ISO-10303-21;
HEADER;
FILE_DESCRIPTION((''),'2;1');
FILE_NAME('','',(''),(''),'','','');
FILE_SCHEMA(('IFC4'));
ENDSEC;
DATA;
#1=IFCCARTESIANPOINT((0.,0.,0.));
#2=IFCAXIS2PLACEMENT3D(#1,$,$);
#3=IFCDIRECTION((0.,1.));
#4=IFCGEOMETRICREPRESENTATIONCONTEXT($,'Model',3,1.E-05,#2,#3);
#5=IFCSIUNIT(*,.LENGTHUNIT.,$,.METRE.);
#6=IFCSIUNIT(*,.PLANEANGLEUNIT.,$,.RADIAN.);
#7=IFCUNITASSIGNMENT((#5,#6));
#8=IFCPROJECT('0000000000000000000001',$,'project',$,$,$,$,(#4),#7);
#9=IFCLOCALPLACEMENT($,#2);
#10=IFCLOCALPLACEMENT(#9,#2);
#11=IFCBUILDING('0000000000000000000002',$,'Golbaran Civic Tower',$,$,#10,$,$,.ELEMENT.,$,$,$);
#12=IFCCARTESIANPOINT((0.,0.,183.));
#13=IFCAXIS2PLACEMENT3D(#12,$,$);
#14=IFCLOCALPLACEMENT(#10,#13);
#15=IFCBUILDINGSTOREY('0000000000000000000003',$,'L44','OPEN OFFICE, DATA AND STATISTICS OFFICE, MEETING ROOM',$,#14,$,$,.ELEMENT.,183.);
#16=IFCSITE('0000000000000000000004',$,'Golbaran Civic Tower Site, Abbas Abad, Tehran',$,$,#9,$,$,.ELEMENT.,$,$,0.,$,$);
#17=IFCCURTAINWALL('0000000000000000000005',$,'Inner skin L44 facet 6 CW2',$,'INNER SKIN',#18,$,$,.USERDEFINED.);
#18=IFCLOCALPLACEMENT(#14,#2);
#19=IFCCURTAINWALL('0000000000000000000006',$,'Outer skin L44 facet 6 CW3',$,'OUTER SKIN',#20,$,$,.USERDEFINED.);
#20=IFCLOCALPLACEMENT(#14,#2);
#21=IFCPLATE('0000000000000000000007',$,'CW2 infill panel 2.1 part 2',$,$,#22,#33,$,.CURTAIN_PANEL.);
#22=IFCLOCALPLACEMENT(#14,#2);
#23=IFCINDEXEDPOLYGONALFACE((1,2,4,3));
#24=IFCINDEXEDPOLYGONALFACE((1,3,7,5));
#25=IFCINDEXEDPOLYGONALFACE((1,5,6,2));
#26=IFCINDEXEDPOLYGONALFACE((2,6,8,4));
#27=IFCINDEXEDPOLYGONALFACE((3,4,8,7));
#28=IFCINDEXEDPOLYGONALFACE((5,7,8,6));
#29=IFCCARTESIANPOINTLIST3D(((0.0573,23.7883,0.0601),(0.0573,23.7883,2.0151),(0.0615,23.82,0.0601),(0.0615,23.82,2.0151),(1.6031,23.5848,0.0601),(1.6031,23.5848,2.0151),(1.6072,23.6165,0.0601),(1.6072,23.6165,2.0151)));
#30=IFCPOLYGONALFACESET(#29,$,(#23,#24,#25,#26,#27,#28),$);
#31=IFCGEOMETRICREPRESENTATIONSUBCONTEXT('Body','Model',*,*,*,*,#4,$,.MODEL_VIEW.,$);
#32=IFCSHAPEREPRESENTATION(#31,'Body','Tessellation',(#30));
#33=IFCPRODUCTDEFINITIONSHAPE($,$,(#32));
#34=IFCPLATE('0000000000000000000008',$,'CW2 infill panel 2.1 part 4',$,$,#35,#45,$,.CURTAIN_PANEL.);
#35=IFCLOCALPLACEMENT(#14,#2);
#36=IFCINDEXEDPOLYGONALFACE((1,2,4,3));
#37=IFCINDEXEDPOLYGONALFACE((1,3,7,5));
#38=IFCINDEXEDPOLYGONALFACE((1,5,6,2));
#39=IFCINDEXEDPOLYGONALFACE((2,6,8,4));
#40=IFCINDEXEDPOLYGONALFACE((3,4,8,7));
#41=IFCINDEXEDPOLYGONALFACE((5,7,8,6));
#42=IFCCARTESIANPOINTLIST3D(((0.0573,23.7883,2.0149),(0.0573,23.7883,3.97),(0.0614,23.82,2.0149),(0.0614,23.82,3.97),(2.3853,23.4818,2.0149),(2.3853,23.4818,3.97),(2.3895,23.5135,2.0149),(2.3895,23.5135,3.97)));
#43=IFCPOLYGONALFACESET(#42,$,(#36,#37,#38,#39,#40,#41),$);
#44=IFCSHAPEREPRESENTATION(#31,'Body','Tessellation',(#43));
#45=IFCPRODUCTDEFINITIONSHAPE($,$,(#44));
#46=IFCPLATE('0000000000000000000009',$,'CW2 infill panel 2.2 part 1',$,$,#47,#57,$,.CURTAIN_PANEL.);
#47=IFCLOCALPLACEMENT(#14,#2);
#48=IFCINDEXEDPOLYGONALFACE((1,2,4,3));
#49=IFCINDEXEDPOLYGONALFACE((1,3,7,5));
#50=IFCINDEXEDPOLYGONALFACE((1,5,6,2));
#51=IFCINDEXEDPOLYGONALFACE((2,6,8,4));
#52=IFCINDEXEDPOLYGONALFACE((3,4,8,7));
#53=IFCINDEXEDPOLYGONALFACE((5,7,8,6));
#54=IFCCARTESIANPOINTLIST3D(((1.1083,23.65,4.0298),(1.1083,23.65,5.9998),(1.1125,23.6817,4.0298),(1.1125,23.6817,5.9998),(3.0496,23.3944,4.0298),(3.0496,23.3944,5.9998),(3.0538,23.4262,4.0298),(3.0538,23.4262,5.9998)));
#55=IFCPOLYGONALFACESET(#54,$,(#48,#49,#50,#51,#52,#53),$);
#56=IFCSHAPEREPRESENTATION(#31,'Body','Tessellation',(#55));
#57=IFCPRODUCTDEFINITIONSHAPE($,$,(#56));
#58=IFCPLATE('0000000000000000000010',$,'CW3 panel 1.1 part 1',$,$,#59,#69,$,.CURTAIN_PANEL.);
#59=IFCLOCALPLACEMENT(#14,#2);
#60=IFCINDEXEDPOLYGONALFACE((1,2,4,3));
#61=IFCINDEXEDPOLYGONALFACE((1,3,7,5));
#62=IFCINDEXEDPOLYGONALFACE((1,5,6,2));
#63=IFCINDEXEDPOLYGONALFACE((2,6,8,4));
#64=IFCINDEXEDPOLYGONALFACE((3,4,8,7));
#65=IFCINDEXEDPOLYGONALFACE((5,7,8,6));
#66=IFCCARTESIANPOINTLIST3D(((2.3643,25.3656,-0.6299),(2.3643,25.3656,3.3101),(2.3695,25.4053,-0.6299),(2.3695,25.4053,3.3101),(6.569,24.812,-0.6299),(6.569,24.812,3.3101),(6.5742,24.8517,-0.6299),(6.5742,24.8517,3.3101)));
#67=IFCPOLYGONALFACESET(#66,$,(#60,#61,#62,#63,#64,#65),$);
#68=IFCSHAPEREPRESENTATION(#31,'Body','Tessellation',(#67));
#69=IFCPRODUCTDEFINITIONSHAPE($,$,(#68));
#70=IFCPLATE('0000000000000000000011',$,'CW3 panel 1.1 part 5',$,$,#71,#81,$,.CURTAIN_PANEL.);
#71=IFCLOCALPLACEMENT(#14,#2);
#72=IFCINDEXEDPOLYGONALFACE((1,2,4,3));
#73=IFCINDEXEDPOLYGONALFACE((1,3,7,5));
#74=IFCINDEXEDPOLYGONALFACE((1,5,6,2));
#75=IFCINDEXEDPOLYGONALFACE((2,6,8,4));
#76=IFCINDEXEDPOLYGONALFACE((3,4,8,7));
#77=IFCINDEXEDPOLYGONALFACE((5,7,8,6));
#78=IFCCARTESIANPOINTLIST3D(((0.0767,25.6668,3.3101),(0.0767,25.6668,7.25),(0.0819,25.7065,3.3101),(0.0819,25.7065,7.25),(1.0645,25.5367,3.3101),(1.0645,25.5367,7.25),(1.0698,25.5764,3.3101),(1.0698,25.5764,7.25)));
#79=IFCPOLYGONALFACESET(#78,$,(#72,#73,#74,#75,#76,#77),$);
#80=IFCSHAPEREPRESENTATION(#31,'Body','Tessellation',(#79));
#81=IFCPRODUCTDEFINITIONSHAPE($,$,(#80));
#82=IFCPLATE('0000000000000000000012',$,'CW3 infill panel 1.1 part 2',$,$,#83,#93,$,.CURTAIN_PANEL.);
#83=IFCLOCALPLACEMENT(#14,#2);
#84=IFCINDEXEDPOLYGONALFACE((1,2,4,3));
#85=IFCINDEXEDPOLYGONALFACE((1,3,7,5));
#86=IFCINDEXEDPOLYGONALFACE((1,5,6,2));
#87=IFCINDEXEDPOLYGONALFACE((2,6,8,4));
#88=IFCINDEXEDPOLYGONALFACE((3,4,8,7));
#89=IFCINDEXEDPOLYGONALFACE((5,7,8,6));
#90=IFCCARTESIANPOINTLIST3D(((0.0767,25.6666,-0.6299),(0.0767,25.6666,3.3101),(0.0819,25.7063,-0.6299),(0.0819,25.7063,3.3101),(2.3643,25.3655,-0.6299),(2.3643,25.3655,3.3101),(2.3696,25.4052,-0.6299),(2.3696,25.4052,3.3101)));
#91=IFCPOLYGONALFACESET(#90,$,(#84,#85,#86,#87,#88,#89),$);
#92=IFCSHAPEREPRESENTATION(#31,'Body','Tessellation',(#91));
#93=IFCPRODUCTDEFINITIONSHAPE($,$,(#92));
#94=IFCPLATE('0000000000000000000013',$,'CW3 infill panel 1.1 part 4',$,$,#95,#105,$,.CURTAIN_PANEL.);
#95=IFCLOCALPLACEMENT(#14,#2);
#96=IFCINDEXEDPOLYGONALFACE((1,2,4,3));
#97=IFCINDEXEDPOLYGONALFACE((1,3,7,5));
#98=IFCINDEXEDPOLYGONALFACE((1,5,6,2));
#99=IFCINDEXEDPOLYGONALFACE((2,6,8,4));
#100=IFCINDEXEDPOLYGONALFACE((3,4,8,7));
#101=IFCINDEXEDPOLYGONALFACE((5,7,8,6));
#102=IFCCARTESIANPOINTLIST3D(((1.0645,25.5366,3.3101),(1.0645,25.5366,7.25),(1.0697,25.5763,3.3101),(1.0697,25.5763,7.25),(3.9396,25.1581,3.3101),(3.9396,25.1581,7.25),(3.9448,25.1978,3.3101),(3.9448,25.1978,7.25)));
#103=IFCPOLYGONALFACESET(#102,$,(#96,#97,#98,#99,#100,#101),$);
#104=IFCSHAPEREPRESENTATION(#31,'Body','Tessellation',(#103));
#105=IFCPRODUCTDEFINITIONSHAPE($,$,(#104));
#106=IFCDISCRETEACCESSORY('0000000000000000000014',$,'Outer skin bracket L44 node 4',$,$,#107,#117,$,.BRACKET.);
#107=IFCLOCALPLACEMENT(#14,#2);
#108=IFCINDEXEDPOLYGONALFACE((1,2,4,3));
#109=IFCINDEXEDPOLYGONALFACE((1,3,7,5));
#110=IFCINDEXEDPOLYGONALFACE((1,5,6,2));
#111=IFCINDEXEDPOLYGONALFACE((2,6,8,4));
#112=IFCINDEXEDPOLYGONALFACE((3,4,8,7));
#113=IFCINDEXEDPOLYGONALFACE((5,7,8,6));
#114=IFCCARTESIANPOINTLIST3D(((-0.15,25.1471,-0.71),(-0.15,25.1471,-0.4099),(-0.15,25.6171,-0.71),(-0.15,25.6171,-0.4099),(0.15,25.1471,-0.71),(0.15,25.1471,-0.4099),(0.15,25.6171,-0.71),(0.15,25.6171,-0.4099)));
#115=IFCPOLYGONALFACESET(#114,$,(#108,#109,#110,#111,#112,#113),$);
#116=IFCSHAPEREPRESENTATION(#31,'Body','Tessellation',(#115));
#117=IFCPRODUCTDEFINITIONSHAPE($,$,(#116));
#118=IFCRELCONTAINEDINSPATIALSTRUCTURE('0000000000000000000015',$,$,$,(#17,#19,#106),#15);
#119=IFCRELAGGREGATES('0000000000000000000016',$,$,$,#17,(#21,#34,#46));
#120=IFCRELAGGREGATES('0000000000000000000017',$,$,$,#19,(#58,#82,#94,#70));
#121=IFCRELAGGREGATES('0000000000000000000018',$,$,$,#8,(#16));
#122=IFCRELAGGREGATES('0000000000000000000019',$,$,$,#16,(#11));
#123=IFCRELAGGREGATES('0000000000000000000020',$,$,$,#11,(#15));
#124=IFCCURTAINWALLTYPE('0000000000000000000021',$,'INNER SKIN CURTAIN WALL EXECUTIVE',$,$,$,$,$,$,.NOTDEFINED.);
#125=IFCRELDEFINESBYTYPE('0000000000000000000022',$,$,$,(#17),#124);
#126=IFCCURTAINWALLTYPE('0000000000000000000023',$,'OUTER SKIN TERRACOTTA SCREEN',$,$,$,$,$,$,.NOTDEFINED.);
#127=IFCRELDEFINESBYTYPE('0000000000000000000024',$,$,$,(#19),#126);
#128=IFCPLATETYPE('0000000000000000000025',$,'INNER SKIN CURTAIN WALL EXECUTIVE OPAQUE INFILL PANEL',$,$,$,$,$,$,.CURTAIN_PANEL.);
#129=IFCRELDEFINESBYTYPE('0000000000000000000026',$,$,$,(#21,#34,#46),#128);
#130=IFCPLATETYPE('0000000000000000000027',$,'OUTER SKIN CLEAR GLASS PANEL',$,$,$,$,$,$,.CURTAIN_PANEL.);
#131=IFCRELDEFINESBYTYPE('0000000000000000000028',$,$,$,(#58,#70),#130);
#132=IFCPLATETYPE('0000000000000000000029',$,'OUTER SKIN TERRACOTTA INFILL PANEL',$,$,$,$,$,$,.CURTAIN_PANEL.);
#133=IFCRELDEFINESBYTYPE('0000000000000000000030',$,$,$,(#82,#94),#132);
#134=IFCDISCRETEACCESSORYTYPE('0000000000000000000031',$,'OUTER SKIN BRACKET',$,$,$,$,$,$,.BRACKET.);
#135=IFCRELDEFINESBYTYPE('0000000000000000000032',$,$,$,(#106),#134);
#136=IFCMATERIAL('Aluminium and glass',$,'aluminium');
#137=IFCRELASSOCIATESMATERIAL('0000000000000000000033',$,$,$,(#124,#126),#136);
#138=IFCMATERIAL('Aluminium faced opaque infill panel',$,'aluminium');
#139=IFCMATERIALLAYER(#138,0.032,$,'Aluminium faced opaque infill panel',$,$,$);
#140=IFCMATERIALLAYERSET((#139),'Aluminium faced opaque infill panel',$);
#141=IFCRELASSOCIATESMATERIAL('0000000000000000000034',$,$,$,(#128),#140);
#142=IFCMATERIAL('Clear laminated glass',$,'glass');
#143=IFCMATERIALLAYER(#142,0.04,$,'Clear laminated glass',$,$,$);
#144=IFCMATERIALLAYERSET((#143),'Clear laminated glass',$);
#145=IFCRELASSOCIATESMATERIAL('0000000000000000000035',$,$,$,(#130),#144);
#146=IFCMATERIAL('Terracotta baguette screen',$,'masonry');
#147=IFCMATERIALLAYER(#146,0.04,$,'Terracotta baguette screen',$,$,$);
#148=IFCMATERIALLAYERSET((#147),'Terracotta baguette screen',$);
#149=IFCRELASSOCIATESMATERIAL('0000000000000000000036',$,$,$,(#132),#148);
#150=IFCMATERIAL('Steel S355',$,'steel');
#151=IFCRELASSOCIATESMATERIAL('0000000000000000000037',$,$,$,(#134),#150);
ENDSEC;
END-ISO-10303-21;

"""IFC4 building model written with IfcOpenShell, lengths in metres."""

from ifc_helpers import new_model, si_unit, direction, frame, origin, origin_2d, place, context, subcontext, project, spatial, rectangle, extrude, material, layer, layer_set, type_object, element, aggregate, save


model = new_model("IFC4")

# Units and contexts
model_context = context("Model", 3, precision=1e-05, world=origin(), true_north=direction((0.0, 1.0)))
body_context = subcontext(model_context, "Body", "Model", "MODEL_VIEW")
ifc_project = project(units=[si_unit("LENGTHUNIT", "METRE"), si_unit("PLANEANGLEUNIT", "RADIAN")], contexts=[model_context])

# Site, building, storey
site_placement = place(None, origin())
site = spatial("IfcSite", under=ifc_project, at=site_placement, Name="Golbaran Civic Tower Site, Abbas Abad, Tehran", CompositionType="ELEMENT", RefElevation=0.0)
building_placement = place(site_placement, origin())
building = spatial("IfcBuilding", under=site, at=building_placement, Name="Golbaran Civic Tower", CompositionType="ELEMENT")
storey_placement = place(building_placement, frame((0.0, 0.0, 183.0)))
storey = spatial("IfcBuildingStorey", under=building, at=storey_placement, Name="L44", Description="OPEN OFFICE, DATA AND STATISTICS OFFICE, MEETING ROOM", CompositionType="ELEMENT", Elevation=183.0)

# Shared definitions
ifc_material_1 = material(Name="Steel S355", Category="steel")

# Curtain wall
ifc_material_2 = material(Name="Aluminium and glass", Category="aluminium")
curtain_wall_type_1 = type_object("IfcCurtainWallType", Name="INNER SKIN CURTAIN WALL EXECUTIVE", PredefinedType="NOTDEFINED", material=ifc_material_2)
curtain_wall_1_placement = place(storey_placement, origin())
curtain_wall_1 = element("IfcCurtainWall", 1, at=curtain_wall_1_placement, inside=storey, type_object=curtain_wall_type_1, Name="Inner skin L44 facet 6 CW2", ObjectType="INNER SKIN", PredefinedType="USERDEFINED")

# Curtain wall
curtain_wall_type_2 = type_object("IfcCurtainWallType", Name="OUTER SKIN TERRACOTTA SCREEN", PredefinedType="NOTDEFINED", material=ifc_material_2)
curtain_wall_2_placement = place(storey_placement, origin())
curtain_wall_2 = element("IfcCurtainWall", 2, at=curtain_wall_2_placement, inside=storey, type_object=curtain_wall_type_2, Name="Outer skin L44 facet 6 CW3", ObjectType="OUTER SKIN", PredefinedType="USERDEFINED")

# Plates
ifc_material_3 = material(Name="Aluminium faced opaque infill panel", Category="aluminium")
ifc_layer_1 = layer(ifc_material_3, 0.032, Name="Aluminium faced opaque infill panel")
ifc_layer_set_1 = layer_set([ifc_layer_1], Name="Aluminium faced opaque infill panel")
plate_type_1 = type_object("IfcPlateType", Name="INNER SKIN CURTAIN WALL EXECUTIVE OPAQUE INFILL PANEL", PredefinedType="CURTAIN_PANEL", material=ifc_layer_set_1)
plate_1_placement = place(storey_placement, frame((0.8323, 23.7024, 0.0601), z_axis=(0.0, 0.0, 1.0), x_axis=(-0.991445, 0.130526, 0.0)))
plate_1 = element("IfcPlate", 3, at=plate_1_placement, type_object=plate_type_1, Name="CW2 infill panel 2.1 part 2", PredefinedType="CURTAIN_PANEL", context=body_context, shape_type="SweptSolid", body=[
    extrude(rectangle(XDim=1.5591, YDim=0.032, at=origin_2d()), origin(), (0.0, 0.0, 1.0), 1.9551),
])
plate_2_placement = place(storey_placement, frame((1.2234, 23.6509, 2.0149), z_axis=(0.0, 0.0, 1.0), x_axis=(-0.991445, 0.130526, 0.0)))
plate_2 = element("IfcPlate", 4, at=plate_2_placement, type_object=plate_type_1, Name="CW2 infill panel 2.1 part 4", PredefinedType="CURTAIN_PANEL", context=body_context, shape_type="SweptSolid", body=[
    extrude(rectangle(XDim=2.3481, YDim=0.032, at=origin_2d()), origin(), (0.0, 0.0, 1.0), 1.9551),
])
plate_3_placement = place(storey_placement, frame((2.0811, 23.5381, 4.0298), z_axis=(0.0, 0.0, 1.0), x_axis=(-0.991445, 0.130526, 0.0)))
plate_3 = element("IfcPlate", 5, at=plate_3_placement, type_object=plate_type_1, Name="CW2 infill panel 2.2 part 1", PredefinedType="CURTAIN_PANEL", context=body_context, shape_type="SweptSolid", body=[
    extrude(rectangle(XDim=1.958, YDim=0.032, at=origin_2d()), origin(), (0.0, 0.0, 1.0), 1.97),
])
aggregate(curtain_wall_1, [plate_1, plate_2, plate_3])
ifc_material_4 = material(Name="Clear laminated glass", Category="glass")
ifc_layer_2 = layer(ifc_material_4, 0.04, Name="Clear laminated glass")
ifc_layer_set_2 = layer_set([ifc_layer_2], Name="Clear laminated glass")
plate_type_2 = type_object("IfcPlateType", Name="OUTER SKIN CLEAR GLASS PANEL", PredefinedType="CURTAIN_PANEL", material=ifc_layer_set_2)
plate_4_placement = place(storey_placement, frame((4.4692, 25.1086, -0.6299), z_axis=(0.0, 0.0, 1.0), x_axis=(-0.991445, 0.130526, 0.0)))
plate_4 = element("IfcPlate", 6, at=plate_4_placement, type_object=plate_type_2, Name="CW3 panel 1.1 part 1", PredefinedType="CURTAIN_PANEL", context=body_context, shape_type="SweptSolid", body=[
    extrude(rectangle(XDim=4.241, YDim=0.04, at=origin_2d()), origin(), (0.0, 0.0, 1.0), 3.9399),
])
plate_5_placement = place(storey_placement, frame((0.5732, 25.6216, 3.3101), z_axis=(0.0, 0.0, 1.0), x_axis=(-0.991445, 0.130526, 0.0)))
plate_5 = element("IfcPlate", 7, at=plate_5_placement, type_object=plate_type_2, Name="CW3 panel 1.1 part 5", PredefinedType="CURTAIN_PANEL", context=body_context, shape_type="SweptSolid", body=[
    extrude(rectangle(XDim=0.9963, YDim=0.04, at=origin_2d()), origin(), (0.0, 0.0, 1.0), 3.9399),
])
ifc_material_5 = material(Name="Terracotta baguette screen", Category="masonry")
ifc_layer_3 = layer(ifc_material_5, 0.04, Name="Terracotta baguette screen")
ifc_layer_set_3 = layer_set([ifc_layer_3], Name="Terracotta baguette screen")
plate_type_3 = type_object("IfcPlateType", Name="OUTER SKIN TERRACOTTA INFILL PANEL", PredefinedType="CURTAIN_PANEL", material=ifc_layer_set_3)
plate_6_placement = place(storey_placement, frame((1.2231, 25.5359, -0.6299), z_axis=(0.0, 0.0, 1.0), x_axis=(-0.991445, 0.130526, 0.0)))
plate_6 = element("IfcPlate", 8, at=plate_6_placement, type_object=plate_type_3, Name="CW3 infill panel 1.1 part 2", PredefinedType="CURTAIN_PANEL", context=body_context, shape_type="SweptSolid", body=[
    extrude(rectangle(XDim=2.3074, YDim=0.04, at=origin_2d()), origin(), (0.0, 0.0, 1.0), 3.9399),
])
plate_7_placement = place(storey_placement, frame((2.5046, 25.3672, 3.3101), z_axis=(0.0, 0.0, 1.0), x_axis=(-0.991445, 0.130526, 0.0)))
plate_7 = element("IfcPlate", 9, at=plate_7_placement, type_object=plate_type_3, Name="CW3 infill panel 1.1 part 4", PredefinedType="CURTAIN_PANEL", context=body_context, shape_type="SweptSolid", body=[
    extrude(rectangle(XDim=2.8999, YDim=0.04, at=origin_2d()), origin(), (0.0, 0.0, 1.0), 3.9399),
])
aggregate(curtain_wall_2, [plate_4, plate_6, plate_7, plate_5])

# Discrete accessory
discrete_accessory_type = type_object("IfcDiscreteAccessoryType", Name="OUTER SKIN BRACKET", PredefinedType="BRACKET", material=ifc_material_1)
discrete_accessory_placement = place(storey_placement, frame((0.0, 25.3821, -0.71), z_axis=(0.0, 0.0, 1.0), x_axis=(0.0, 1.0, 0.0)))
element("IfcDiscreteAccessory", 10, at=discrete_accessory_placement, inside=storey, type_object=discrete_accessory_type, Name="Outer skin bracket L44 node 4", PredefinedType="BRACKET", context=body_context, shape_type="SweptSolid", body=[
    extrude(rectangle(XDim=0.47, YDim=0.3, at=origin_2d()), origin(), (0.0, 0.0, 1.0), 0.3),
])

save(model, "model.ifc")
